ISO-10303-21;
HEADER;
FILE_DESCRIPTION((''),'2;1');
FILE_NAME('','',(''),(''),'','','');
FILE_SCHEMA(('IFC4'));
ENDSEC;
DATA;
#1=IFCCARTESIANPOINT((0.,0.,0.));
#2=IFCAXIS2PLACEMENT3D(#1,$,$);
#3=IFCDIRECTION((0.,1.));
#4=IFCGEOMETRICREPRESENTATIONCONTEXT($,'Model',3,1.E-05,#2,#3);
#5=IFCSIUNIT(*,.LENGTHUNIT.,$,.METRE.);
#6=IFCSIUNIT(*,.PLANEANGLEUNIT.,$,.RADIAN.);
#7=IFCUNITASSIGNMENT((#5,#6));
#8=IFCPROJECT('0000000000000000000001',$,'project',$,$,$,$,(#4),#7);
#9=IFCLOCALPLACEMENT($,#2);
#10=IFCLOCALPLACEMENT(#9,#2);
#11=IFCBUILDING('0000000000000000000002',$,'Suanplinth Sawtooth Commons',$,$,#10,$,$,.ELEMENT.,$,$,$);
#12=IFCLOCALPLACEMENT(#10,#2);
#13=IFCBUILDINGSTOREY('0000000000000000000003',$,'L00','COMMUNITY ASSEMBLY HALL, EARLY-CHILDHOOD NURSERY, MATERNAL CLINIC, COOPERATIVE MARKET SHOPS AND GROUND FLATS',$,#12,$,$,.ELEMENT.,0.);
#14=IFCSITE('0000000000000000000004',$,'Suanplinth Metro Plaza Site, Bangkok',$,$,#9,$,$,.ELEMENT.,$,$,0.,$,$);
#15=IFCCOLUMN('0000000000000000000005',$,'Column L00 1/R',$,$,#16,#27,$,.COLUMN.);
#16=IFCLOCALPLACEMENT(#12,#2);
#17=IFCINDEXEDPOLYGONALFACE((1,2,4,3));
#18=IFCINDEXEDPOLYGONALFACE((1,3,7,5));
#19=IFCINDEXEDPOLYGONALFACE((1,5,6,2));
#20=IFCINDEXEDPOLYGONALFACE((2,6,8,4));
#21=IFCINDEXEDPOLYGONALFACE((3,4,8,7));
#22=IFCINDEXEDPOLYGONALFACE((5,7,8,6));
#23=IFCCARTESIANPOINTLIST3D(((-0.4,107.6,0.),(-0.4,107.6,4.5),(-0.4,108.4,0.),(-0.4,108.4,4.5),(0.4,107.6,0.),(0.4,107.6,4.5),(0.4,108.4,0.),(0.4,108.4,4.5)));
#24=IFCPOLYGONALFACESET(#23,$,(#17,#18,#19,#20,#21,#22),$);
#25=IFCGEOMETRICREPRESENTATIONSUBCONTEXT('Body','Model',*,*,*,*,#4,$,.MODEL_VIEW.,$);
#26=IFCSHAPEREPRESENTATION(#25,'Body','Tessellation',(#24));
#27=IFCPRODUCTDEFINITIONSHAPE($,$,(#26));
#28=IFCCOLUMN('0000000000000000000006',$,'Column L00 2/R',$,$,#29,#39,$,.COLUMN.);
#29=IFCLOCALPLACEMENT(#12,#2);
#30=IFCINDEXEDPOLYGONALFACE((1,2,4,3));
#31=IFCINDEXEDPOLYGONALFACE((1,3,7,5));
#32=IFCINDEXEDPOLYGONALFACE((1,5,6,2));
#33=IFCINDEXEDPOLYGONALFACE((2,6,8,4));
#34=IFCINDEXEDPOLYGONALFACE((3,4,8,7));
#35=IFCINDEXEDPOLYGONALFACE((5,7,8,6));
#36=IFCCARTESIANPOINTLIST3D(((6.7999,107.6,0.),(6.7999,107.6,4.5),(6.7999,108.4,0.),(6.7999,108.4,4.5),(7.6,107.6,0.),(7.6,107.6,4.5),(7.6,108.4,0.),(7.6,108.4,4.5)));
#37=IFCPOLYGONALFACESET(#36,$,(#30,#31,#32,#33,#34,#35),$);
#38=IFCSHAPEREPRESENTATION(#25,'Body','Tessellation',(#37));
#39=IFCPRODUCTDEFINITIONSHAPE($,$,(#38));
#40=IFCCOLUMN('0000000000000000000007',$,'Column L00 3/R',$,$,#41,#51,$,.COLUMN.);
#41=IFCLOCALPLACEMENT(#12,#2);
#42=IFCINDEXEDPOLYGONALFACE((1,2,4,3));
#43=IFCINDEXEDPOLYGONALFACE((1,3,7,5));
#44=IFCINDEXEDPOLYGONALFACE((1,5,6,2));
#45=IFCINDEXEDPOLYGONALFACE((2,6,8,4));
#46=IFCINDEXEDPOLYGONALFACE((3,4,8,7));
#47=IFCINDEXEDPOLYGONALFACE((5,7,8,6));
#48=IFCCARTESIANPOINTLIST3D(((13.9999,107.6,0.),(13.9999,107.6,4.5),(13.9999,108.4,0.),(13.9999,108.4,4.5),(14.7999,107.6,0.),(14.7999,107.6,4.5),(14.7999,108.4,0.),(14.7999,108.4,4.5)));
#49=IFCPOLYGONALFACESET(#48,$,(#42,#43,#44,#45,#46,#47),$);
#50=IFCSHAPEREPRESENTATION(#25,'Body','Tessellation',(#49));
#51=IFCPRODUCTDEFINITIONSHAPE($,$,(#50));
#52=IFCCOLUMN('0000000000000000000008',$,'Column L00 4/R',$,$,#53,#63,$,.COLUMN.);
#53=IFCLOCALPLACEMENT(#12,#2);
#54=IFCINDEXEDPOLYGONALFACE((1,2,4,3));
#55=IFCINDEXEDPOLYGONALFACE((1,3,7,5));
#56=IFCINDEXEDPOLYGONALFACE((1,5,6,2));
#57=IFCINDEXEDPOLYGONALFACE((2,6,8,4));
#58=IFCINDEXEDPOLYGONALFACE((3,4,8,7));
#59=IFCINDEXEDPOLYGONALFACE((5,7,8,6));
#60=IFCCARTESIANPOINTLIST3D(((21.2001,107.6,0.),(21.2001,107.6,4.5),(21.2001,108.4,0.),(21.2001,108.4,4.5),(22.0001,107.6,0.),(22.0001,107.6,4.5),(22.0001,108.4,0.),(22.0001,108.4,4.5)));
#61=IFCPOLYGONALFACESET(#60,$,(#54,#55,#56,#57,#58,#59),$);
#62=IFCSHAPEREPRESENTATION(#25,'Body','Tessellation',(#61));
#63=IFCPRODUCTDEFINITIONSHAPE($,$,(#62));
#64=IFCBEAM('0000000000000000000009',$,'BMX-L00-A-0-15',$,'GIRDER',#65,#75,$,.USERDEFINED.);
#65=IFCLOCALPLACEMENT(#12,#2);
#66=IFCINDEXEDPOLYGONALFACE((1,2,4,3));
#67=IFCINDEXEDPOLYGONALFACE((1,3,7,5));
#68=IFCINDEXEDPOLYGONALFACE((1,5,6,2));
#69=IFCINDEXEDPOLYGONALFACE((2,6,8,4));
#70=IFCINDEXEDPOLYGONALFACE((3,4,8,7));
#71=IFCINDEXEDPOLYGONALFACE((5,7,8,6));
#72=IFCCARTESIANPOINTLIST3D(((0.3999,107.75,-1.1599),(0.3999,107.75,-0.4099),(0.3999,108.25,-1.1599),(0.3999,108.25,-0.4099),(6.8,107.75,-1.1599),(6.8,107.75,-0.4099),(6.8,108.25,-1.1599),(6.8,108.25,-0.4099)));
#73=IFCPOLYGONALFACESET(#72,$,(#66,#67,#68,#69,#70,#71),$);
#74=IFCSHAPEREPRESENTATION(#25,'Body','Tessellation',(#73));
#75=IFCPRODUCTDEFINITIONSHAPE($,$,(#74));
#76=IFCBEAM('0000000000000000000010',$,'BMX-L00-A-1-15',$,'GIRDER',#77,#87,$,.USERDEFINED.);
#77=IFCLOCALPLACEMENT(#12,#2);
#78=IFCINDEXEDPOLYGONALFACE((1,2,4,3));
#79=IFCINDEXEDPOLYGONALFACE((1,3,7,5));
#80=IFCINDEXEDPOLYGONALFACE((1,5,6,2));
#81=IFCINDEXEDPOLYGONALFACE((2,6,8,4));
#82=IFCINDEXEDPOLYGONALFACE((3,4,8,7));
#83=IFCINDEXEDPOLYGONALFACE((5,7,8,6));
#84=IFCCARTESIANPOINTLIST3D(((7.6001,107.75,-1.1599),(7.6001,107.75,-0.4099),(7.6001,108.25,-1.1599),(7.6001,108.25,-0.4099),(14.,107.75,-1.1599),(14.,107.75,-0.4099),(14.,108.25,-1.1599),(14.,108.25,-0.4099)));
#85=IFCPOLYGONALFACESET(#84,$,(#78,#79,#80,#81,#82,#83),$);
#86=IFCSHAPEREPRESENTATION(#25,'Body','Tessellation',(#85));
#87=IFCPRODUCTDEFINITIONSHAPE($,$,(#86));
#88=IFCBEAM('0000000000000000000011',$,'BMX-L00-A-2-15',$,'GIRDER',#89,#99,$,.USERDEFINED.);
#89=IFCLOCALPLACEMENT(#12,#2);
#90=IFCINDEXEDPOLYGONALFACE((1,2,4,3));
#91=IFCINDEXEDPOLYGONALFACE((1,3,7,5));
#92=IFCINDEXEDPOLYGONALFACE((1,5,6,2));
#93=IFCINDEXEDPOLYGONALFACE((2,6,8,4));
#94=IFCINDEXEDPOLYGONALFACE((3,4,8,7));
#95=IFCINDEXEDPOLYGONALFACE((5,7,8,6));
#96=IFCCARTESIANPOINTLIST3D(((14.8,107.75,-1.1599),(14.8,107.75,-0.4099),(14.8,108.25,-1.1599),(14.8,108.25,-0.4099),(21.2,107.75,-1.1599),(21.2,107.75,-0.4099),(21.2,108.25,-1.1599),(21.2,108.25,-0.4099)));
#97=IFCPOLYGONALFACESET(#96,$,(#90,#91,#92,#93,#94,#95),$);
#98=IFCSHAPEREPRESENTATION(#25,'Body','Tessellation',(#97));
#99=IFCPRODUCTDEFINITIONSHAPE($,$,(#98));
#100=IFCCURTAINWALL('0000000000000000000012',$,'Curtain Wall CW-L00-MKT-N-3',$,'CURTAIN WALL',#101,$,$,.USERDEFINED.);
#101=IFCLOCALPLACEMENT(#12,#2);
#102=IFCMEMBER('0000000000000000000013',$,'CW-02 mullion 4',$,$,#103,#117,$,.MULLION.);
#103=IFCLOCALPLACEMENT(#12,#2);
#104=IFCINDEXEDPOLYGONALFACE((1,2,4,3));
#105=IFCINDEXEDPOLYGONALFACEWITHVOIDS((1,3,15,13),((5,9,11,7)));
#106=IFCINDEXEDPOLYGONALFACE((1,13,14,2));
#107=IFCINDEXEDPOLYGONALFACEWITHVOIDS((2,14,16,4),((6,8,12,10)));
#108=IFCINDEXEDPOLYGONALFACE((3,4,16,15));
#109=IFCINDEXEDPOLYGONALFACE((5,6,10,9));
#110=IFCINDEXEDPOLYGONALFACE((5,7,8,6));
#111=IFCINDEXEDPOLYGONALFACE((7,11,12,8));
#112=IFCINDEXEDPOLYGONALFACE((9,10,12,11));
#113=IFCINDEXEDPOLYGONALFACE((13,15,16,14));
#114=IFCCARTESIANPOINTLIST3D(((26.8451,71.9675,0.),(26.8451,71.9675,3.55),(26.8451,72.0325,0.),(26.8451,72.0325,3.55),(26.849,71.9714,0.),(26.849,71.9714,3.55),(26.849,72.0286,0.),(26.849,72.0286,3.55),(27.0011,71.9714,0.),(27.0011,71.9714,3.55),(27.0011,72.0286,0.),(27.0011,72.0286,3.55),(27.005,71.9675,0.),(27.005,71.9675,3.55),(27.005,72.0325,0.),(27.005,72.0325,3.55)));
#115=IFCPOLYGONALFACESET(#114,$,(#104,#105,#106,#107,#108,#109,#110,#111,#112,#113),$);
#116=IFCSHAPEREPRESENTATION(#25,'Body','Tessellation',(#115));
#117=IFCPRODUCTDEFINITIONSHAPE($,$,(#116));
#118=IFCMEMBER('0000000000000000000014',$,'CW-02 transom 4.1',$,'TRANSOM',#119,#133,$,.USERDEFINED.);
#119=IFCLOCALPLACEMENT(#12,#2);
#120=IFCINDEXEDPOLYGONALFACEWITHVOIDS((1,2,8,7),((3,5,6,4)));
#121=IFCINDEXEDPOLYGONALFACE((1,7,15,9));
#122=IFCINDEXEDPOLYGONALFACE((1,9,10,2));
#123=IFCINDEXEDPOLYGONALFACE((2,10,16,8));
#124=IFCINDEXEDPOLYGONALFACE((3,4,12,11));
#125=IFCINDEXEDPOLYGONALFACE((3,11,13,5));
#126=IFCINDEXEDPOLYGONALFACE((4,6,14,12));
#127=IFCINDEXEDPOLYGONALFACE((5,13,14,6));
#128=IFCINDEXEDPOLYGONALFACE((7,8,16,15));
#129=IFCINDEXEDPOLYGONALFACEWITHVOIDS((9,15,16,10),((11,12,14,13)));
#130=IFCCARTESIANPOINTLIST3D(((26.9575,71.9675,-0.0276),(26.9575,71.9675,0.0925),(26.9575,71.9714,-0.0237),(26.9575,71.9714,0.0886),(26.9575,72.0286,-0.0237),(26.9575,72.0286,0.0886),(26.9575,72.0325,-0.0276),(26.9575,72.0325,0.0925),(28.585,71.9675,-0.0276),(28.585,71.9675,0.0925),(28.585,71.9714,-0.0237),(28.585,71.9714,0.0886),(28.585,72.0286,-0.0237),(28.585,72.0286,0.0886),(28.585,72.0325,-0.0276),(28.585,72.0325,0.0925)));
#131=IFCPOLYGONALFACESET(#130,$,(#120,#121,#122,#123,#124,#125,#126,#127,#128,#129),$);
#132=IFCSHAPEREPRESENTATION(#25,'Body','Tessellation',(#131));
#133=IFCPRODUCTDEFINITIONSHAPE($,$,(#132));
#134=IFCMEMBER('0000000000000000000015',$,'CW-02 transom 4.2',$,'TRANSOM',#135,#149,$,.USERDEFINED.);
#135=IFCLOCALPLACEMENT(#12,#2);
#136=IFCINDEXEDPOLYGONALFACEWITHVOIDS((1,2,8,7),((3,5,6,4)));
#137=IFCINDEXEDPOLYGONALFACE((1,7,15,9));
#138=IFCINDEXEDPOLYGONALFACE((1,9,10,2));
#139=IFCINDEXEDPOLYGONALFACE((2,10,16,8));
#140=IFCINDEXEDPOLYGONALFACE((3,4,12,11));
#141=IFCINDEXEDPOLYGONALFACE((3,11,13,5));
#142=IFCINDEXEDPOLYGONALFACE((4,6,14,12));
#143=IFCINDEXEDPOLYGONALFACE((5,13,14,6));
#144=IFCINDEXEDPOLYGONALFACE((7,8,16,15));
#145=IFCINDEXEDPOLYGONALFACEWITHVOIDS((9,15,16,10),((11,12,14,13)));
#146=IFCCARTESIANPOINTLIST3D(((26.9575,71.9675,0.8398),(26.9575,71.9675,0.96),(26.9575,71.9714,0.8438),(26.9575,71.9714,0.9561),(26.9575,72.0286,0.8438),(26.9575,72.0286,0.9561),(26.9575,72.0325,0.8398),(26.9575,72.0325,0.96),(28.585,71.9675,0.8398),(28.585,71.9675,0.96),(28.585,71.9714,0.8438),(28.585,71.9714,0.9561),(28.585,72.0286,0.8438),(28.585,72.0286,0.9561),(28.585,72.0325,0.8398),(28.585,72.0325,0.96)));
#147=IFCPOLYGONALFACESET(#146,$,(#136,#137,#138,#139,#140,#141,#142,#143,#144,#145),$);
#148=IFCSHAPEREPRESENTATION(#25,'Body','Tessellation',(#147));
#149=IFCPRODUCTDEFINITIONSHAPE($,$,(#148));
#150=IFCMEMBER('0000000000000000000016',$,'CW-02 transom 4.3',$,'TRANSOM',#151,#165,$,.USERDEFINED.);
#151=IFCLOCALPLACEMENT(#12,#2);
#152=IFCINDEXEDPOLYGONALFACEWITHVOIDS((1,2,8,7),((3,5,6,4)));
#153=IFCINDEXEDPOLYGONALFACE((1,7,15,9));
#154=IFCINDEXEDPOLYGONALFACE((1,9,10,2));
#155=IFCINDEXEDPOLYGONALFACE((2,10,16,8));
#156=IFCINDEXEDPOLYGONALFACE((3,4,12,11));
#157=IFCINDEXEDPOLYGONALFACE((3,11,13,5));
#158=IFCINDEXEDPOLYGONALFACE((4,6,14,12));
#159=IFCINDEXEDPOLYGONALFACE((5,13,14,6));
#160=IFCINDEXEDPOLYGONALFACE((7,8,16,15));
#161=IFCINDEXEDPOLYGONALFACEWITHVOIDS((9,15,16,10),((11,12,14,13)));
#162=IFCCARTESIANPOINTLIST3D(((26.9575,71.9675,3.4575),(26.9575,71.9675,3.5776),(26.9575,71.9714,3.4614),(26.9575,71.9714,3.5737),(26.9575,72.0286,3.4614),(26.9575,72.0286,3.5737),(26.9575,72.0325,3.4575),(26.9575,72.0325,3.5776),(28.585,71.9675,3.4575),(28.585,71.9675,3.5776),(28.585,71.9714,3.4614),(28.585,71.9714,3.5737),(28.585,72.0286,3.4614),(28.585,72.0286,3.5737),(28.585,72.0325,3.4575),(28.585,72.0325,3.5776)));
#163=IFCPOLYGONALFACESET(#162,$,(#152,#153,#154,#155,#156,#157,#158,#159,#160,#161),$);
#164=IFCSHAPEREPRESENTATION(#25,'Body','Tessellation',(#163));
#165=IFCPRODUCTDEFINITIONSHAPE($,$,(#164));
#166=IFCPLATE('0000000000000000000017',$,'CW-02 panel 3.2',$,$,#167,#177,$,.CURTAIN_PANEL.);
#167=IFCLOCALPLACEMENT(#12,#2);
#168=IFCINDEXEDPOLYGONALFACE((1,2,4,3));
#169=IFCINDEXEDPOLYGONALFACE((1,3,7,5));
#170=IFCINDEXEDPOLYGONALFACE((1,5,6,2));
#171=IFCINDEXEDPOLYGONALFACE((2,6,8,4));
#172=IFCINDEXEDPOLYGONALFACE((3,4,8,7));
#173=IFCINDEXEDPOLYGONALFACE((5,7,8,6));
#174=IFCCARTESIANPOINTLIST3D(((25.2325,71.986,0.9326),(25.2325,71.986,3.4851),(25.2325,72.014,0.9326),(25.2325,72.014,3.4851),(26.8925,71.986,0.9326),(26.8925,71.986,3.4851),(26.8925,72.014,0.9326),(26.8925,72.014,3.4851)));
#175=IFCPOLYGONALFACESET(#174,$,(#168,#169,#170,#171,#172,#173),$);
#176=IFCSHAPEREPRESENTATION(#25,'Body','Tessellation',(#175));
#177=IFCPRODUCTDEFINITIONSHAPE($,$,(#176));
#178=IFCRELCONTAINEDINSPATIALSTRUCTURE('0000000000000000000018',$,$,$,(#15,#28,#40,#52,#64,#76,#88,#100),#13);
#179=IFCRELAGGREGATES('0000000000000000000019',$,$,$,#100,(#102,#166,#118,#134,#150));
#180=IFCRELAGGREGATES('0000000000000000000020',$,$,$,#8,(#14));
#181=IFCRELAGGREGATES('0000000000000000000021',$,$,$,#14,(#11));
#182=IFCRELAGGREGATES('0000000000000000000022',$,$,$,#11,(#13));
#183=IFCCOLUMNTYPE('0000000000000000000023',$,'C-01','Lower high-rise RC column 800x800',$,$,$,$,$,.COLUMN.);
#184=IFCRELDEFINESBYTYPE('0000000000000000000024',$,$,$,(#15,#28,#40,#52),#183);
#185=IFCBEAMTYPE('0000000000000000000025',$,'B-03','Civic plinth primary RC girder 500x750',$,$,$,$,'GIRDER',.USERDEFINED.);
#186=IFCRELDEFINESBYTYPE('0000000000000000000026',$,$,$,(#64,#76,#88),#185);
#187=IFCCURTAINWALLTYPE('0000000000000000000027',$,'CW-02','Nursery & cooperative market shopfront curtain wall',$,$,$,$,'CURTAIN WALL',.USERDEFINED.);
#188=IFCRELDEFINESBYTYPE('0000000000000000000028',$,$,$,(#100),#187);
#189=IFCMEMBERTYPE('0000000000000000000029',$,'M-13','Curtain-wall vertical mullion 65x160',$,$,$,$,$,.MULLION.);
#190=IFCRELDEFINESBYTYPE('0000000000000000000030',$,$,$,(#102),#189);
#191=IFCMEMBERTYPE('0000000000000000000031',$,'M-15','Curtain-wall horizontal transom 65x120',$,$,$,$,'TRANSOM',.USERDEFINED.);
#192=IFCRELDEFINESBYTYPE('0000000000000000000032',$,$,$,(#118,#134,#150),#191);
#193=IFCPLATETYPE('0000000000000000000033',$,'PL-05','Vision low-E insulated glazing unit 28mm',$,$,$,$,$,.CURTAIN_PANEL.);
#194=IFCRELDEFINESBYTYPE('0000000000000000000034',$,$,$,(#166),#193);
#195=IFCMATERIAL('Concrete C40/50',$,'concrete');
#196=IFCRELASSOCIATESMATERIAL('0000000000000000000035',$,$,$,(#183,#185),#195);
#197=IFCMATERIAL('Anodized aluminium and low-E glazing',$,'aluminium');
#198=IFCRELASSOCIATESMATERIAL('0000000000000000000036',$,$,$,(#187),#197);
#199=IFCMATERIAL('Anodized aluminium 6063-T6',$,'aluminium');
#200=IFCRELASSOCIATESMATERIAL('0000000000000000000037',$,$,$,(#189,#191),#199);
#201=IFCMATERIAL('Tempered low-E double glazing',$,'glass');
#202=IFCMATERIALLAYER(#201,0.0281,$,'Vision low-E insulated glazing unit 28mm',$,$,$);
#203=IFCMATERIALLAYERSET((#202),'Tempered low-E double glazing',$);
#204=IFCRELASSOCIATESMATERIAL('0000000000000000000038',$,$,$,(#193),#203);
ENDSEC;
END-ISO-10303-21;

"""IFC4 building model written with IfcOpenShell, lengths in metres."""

from ifc_helpers import new_model, si_unit, direction, frame, origin, origin_2d, place, context, subcontext, project, spatial, rectangle, hollow_rectangle, extrude, material, layer, layer_set, material_profile, profile_set, type_object, element, aggregate, save


model = new_model("IFC4")

# Units and contexts
model_context = context("Model", 3, precision=1e-05, world=origin(), true_north=direction((0.0, 1.0)))
body_context = subcontext(model_context, "Body", "Model", "MODEL_VIEW")
ifc_project = project(units=[si_unit("LENGTHUNIT", "METRE"), si_unit("PLANEANGLEUNIT", "RADIAN")], contexts=[model_context])

# Site, building, storey
site_placement = place(None, origin())
site = spatial("IfcSite", under=ifc_project, at=site_placement, Name="Suanplinth Metro Plaza Site, Bangkok", CompositionType="ELEMENT", RefElevation=0.0)
building_placement = place(site_placement, origin())
building = spatial("IfcBuilding", under=site, at=building_placement, Name="Suanplinth Sawtooth Commons", CompositionType="ELEMENT")
storey_placement = place(building_placement, origin())
storey = spatial("IfcBuildingStorey", under=building, at=storey_placement, Name="L00", Description="COMMUNITY ASSEMBLY HALL, EARLY-CHILDHOOD NURSERY, MATERNAL CLINIC, COOPERATIVE MARKET SHOPS AND GROUND FLATS", CompositionType="ELEMENT", Elevation=0.0)

# Columns
ifc_material_1 = material(Name="Concrete C40/50", Category="concrete")
ifc_material_profile_1 = material_profile(ifc_material_1, rectangle(XDim=0.8, YDim=0.8, at=origin_2d()), Name="RC-COL 800x800")
ifc_profile_set_1 = profile_set([ifc_material_profile_1], Name="Concrete C40/50")
column_type = type_object("IfcColumnType", Name="C-01", Description="Lower high-rise RC column 800x800", PredefinedType="COLUMN", material=ifc_profile_set_1)
for number, where, z_axis, x_axis, name in (
    (1, (0.0, 108.0, 0.0), (0.0, 0.0, 1.0), (1.0, 0.0, 0.0), "Column L00 1/R"),
    (2, (7.2, 108.0, 0.0), (0.0, 0.0, 1.0), (1.0, 0.0, 0.0), "Column L00 2/R"),
    (3, (14.3999, 108.0, 0.0), (0.0, 0.0, 1.0), (1.0, 0.0, 0.0), "Column L00 3/R"),
    (4, (21.6001, 108.0, 0.0), (0.0, 0.0, 1.0), (1.0, 0.0, 0.0), "Column L00 4/R"),
):
    element("IfcColumn", number, at=place(storey_placement, frame(where, z_axis=z_axis, x_axis=x_axis)), inside=storey, type_object=column_type, Name=name, PredefinedType="COLUMN", context=body_context, shape_type="SweptSolid", body=[
        extrude(rectangle(XDim=0.8, YDim=0.8, at=origin_2d()), origin(), (0.0, 0.0, 1.0), 4.5),
    ])

# Beams
ifc_material_profile_2 = material_profile(ifc_material_1, rectangle(XDim=0.5, YDim=0.75, at=origin_2d()), Name="RC-GDR 500x750")
ifc_profile_set_2 = profile_set([ifc_material_profile_2], Name="Concrete C40/50")
beam_type = type_object("IfcBeamType", Name="B-03", Description="Civic plinth primary RC girder 500x750", ElementType="GIRDER", PredefinedType="USERDEFINED", material=ifc_profile_set_2)
beam_placement = place(storey_placement, frame((0.3999, 108.0, -0.7849), z_axis=(1.0, 0.0, 0.0), x_axis=(0.0, 1.0, 0.0)))
element("IfcBeam", 5, at=beam_placement, inside=storey, type_object=beam_type, Name="BMX-L00-A-0-15", ObjectType="GIRDER", PredefinedType="USERDEFINED", context=body_context, shape_type="SweptSolid", body=[
    extrude(rectangle(XDim=0.5, YDim=0.75, at=origin_2d()), origin(), (0.0, 0.0, 1.0), 6.4001),
])
for number, where, z_axis, x_axis, name in (
    (6, (7.6001, 108.0, -0.7849), (1.0, 0.0, 0.0), (0.0, 1.0, 0.0), "BMX-L00-A-1-15"),
    (7, (14.8, 108.0, -0.7849), (1.0, 0.0, 0.0), (0.0, 1.0, 0.0), "BMX-L00-A-2-15"),
):
    element("IfcBeam", number, at=place(storey_placement, frame(where, z_axis=z_axis, x_axis=x_axis)), inside=storey, type_object=beam_type, Name=name, ObjectType="GIRDER", PredefinedType="USERDEFINED", context=body_context, shape_type="SweptSolid", body=[
        extrude(rectangle(XDim=0.5, YDim=0.75, at=origin_2d()), origin(), (0.0, 0.0, 1.0), 6.3999),
    ])

# Curtain wall, members, plate
ifc_material_2 = material(Name="Anodized aluminium and low-E glazing", Category="aluminium")
curtain_wall_type = type_object("IfcCurtainWallType", Name="CW-02", Description="Nursery & cooperative market shopfront curtain wall", ElementType="CURTAIN WALL", PredefinedType="USERDEFINED", material=ifc_material_2)
curtain_wall_placement = place(storey_placement, origin())
curtain_wall = element("IfcCurtainWall", 8, at=curtain_wall_placement, inside=storey, type_object=curtain_wall_type, Name="Curtain Wall CW-L00-MKT-N-3", ObjectType="CURTAIN WALL", PredefinedType="USERDEFINED")
ifc_material_3 = material(Name="Anodized aluminium 6063-T6", Category="aluminium")
ifc_material_profile_3 = material_profile(ifc_material_3, hollow_rectangle(XDim=0.0649, YDim=0.1599, WallThickness=0.0039, at=origin_2d()), Name="ALU-MUL 65x160")
ifc_profile_set_3 = profile_set([ifc_material_profile_3], Name="Anodized aluminium 6063-T6")
member_type_1 = type_object("IfcMemberType", Name="M-13", Description="Curtain-wall vertical mullion 65x160", PredefinedType="MULLION", material=ifc_profile_set_3)
member_1_placement = place(storey_placement, frame((26.925, 72.0, 0.0), z_axis=(0.0, 0.0, 1.0), x_axis=(0.0, 1.0, 0.0)))
member_1 = element("IfcMember", 9, at=member_1_placement, type_object=member_type_1, Name="CW-02 mullion 4", PredefinedType="MULLION", context=body_context, shape_type="SweptSolid", body=[
    extrude(hollow_rectangle(XDim=0.0649, YDim=0.1599, WallThickness=0.0039, at=origin_2d()), origin(), (0.0, 0.0, 1.0), 3.55),
])
ifc_material_profile_4 = material_profile(ifc_material_3, hollow_rectangle(XDim=0.0649, YDim=0.1201, WallThickness=0.0039, at=origin_2d()), Name="ALU-TRN 65x120")
ifc_profile_set_4 = profile_set([ifc_material_profile_4], Name="Anodized aluminium 6063-T6")
member_type_2 = type_object("IfcMemberType", Name="M-15", Description="Curtain-wall horizontal transom 65x120", ElementType="TRANSOM", PredefinedType="USERDEFINED", material=ifc_profile_set_4)
member_2_placement = place(storey_placement, frame((26.9575, 72.0, 0.0325), z_axis=(1.0, 0.0, 0.0), x_axis=(0.0, 1.0, 0.0)))
member_2 = element("IfcMember", 10, at=member_2_placement, type_object=member_type_2, Name="CW-02 transom 4.1", ObjectType="TRANSOM", PredefinedType="USERDEFINED", context=body_context, shape_type="SweptSolid", body=[
    extrude(hollow_rectangle(XDim=0.0649, YDim=0.1201, WallThickness=0.0039, at=origin_2d()), origin(), (0.0, 0.0, 1.0), 1.6274),
])
member_3_placement = place(storey_placement, frame((26.9575, 72.0, 0.8999), z_axis=(1.0, 0.0, 0.0), x_axis=(0.0, 1.0, 0.0)))
member_3 = element("IfcMember", 11, at=member_3_placement, type_object=member_type_2, Name="CW-02 transom 4.2", ObjectType="TRANSOM", PredefinedType="USERDEFINED", context=body_context, shape_type="SweptSolid", body=[
    extrude(hollow_rectangle(XDim=0.0649, YDim=0.1201, WallThickness=0.0039, at=origin_2d()), origin(), (0.0, 0.0, 1.0), 1.6274),
])
member_4_placement = place(storey_placement, frame((26.9575, 72.0, 3.5176), z_axis=(1.0, 0.0, 0.0), x_axis=(0.0, 1.0, 0.0)))
member_4 = element("IfcMember", 12, at=member_4_placement, type_object=member_type_2, Name="CW-02 transom 4.3", ObjectType="TRANSOM", PredefinedType="USERDEFINED", context=body_context, shape_type="SweptSolid", body=[
    extrude(hollow_rectangle(XDim=0.0649, YDim=0.1201, WallThickness=0.0039, at=origin_2d()), origin(), (0.0, 0.0, 1.0), 1.6274),
])
ifc_material_4 = material(Name="Tempered low-E double glazing", Category="glass")
ifc_layer_1 = layer(ifc_material_4, 0.0281, Name="Vision low-E insulated glazing unit 28mm")
ifc_layer_set_1 = layer_set([ifc_layer_1], Name="Tempered low-E double glazing")
plate_type = type_object("IfcPlateType", Name="PL-05", Description="Vision low-E insulated glazing unit 28mm", PredefinedType="CURTAIN_PANEL", material=ifc_layer_set_1)
plate_placement = place(storey_placement, frame((26.0625, 72.0, 0.9326), z_axis=(0.0, 0.0, 1.0), x_axis=(1.0, 0.0, 0.0)))
plate = element("IfcPlate", 13, at=plate_placement, type_object=plate_type, Name="CW-02 panel 3.2", PredefinedType="CURTAIN_PANEL", context=body_context, shape_type="SweptSolid", body=[
    extrude(rectangle(XDim=1.6599, YDim=0.0281, at=origin_2d()), origin(), (0.0, 0.0, 1.0), 2.5525),
])
aggregate(curtain_wall, [member_1, plate, member_2, member_3, member_4])

save(model, "model.ifc")
